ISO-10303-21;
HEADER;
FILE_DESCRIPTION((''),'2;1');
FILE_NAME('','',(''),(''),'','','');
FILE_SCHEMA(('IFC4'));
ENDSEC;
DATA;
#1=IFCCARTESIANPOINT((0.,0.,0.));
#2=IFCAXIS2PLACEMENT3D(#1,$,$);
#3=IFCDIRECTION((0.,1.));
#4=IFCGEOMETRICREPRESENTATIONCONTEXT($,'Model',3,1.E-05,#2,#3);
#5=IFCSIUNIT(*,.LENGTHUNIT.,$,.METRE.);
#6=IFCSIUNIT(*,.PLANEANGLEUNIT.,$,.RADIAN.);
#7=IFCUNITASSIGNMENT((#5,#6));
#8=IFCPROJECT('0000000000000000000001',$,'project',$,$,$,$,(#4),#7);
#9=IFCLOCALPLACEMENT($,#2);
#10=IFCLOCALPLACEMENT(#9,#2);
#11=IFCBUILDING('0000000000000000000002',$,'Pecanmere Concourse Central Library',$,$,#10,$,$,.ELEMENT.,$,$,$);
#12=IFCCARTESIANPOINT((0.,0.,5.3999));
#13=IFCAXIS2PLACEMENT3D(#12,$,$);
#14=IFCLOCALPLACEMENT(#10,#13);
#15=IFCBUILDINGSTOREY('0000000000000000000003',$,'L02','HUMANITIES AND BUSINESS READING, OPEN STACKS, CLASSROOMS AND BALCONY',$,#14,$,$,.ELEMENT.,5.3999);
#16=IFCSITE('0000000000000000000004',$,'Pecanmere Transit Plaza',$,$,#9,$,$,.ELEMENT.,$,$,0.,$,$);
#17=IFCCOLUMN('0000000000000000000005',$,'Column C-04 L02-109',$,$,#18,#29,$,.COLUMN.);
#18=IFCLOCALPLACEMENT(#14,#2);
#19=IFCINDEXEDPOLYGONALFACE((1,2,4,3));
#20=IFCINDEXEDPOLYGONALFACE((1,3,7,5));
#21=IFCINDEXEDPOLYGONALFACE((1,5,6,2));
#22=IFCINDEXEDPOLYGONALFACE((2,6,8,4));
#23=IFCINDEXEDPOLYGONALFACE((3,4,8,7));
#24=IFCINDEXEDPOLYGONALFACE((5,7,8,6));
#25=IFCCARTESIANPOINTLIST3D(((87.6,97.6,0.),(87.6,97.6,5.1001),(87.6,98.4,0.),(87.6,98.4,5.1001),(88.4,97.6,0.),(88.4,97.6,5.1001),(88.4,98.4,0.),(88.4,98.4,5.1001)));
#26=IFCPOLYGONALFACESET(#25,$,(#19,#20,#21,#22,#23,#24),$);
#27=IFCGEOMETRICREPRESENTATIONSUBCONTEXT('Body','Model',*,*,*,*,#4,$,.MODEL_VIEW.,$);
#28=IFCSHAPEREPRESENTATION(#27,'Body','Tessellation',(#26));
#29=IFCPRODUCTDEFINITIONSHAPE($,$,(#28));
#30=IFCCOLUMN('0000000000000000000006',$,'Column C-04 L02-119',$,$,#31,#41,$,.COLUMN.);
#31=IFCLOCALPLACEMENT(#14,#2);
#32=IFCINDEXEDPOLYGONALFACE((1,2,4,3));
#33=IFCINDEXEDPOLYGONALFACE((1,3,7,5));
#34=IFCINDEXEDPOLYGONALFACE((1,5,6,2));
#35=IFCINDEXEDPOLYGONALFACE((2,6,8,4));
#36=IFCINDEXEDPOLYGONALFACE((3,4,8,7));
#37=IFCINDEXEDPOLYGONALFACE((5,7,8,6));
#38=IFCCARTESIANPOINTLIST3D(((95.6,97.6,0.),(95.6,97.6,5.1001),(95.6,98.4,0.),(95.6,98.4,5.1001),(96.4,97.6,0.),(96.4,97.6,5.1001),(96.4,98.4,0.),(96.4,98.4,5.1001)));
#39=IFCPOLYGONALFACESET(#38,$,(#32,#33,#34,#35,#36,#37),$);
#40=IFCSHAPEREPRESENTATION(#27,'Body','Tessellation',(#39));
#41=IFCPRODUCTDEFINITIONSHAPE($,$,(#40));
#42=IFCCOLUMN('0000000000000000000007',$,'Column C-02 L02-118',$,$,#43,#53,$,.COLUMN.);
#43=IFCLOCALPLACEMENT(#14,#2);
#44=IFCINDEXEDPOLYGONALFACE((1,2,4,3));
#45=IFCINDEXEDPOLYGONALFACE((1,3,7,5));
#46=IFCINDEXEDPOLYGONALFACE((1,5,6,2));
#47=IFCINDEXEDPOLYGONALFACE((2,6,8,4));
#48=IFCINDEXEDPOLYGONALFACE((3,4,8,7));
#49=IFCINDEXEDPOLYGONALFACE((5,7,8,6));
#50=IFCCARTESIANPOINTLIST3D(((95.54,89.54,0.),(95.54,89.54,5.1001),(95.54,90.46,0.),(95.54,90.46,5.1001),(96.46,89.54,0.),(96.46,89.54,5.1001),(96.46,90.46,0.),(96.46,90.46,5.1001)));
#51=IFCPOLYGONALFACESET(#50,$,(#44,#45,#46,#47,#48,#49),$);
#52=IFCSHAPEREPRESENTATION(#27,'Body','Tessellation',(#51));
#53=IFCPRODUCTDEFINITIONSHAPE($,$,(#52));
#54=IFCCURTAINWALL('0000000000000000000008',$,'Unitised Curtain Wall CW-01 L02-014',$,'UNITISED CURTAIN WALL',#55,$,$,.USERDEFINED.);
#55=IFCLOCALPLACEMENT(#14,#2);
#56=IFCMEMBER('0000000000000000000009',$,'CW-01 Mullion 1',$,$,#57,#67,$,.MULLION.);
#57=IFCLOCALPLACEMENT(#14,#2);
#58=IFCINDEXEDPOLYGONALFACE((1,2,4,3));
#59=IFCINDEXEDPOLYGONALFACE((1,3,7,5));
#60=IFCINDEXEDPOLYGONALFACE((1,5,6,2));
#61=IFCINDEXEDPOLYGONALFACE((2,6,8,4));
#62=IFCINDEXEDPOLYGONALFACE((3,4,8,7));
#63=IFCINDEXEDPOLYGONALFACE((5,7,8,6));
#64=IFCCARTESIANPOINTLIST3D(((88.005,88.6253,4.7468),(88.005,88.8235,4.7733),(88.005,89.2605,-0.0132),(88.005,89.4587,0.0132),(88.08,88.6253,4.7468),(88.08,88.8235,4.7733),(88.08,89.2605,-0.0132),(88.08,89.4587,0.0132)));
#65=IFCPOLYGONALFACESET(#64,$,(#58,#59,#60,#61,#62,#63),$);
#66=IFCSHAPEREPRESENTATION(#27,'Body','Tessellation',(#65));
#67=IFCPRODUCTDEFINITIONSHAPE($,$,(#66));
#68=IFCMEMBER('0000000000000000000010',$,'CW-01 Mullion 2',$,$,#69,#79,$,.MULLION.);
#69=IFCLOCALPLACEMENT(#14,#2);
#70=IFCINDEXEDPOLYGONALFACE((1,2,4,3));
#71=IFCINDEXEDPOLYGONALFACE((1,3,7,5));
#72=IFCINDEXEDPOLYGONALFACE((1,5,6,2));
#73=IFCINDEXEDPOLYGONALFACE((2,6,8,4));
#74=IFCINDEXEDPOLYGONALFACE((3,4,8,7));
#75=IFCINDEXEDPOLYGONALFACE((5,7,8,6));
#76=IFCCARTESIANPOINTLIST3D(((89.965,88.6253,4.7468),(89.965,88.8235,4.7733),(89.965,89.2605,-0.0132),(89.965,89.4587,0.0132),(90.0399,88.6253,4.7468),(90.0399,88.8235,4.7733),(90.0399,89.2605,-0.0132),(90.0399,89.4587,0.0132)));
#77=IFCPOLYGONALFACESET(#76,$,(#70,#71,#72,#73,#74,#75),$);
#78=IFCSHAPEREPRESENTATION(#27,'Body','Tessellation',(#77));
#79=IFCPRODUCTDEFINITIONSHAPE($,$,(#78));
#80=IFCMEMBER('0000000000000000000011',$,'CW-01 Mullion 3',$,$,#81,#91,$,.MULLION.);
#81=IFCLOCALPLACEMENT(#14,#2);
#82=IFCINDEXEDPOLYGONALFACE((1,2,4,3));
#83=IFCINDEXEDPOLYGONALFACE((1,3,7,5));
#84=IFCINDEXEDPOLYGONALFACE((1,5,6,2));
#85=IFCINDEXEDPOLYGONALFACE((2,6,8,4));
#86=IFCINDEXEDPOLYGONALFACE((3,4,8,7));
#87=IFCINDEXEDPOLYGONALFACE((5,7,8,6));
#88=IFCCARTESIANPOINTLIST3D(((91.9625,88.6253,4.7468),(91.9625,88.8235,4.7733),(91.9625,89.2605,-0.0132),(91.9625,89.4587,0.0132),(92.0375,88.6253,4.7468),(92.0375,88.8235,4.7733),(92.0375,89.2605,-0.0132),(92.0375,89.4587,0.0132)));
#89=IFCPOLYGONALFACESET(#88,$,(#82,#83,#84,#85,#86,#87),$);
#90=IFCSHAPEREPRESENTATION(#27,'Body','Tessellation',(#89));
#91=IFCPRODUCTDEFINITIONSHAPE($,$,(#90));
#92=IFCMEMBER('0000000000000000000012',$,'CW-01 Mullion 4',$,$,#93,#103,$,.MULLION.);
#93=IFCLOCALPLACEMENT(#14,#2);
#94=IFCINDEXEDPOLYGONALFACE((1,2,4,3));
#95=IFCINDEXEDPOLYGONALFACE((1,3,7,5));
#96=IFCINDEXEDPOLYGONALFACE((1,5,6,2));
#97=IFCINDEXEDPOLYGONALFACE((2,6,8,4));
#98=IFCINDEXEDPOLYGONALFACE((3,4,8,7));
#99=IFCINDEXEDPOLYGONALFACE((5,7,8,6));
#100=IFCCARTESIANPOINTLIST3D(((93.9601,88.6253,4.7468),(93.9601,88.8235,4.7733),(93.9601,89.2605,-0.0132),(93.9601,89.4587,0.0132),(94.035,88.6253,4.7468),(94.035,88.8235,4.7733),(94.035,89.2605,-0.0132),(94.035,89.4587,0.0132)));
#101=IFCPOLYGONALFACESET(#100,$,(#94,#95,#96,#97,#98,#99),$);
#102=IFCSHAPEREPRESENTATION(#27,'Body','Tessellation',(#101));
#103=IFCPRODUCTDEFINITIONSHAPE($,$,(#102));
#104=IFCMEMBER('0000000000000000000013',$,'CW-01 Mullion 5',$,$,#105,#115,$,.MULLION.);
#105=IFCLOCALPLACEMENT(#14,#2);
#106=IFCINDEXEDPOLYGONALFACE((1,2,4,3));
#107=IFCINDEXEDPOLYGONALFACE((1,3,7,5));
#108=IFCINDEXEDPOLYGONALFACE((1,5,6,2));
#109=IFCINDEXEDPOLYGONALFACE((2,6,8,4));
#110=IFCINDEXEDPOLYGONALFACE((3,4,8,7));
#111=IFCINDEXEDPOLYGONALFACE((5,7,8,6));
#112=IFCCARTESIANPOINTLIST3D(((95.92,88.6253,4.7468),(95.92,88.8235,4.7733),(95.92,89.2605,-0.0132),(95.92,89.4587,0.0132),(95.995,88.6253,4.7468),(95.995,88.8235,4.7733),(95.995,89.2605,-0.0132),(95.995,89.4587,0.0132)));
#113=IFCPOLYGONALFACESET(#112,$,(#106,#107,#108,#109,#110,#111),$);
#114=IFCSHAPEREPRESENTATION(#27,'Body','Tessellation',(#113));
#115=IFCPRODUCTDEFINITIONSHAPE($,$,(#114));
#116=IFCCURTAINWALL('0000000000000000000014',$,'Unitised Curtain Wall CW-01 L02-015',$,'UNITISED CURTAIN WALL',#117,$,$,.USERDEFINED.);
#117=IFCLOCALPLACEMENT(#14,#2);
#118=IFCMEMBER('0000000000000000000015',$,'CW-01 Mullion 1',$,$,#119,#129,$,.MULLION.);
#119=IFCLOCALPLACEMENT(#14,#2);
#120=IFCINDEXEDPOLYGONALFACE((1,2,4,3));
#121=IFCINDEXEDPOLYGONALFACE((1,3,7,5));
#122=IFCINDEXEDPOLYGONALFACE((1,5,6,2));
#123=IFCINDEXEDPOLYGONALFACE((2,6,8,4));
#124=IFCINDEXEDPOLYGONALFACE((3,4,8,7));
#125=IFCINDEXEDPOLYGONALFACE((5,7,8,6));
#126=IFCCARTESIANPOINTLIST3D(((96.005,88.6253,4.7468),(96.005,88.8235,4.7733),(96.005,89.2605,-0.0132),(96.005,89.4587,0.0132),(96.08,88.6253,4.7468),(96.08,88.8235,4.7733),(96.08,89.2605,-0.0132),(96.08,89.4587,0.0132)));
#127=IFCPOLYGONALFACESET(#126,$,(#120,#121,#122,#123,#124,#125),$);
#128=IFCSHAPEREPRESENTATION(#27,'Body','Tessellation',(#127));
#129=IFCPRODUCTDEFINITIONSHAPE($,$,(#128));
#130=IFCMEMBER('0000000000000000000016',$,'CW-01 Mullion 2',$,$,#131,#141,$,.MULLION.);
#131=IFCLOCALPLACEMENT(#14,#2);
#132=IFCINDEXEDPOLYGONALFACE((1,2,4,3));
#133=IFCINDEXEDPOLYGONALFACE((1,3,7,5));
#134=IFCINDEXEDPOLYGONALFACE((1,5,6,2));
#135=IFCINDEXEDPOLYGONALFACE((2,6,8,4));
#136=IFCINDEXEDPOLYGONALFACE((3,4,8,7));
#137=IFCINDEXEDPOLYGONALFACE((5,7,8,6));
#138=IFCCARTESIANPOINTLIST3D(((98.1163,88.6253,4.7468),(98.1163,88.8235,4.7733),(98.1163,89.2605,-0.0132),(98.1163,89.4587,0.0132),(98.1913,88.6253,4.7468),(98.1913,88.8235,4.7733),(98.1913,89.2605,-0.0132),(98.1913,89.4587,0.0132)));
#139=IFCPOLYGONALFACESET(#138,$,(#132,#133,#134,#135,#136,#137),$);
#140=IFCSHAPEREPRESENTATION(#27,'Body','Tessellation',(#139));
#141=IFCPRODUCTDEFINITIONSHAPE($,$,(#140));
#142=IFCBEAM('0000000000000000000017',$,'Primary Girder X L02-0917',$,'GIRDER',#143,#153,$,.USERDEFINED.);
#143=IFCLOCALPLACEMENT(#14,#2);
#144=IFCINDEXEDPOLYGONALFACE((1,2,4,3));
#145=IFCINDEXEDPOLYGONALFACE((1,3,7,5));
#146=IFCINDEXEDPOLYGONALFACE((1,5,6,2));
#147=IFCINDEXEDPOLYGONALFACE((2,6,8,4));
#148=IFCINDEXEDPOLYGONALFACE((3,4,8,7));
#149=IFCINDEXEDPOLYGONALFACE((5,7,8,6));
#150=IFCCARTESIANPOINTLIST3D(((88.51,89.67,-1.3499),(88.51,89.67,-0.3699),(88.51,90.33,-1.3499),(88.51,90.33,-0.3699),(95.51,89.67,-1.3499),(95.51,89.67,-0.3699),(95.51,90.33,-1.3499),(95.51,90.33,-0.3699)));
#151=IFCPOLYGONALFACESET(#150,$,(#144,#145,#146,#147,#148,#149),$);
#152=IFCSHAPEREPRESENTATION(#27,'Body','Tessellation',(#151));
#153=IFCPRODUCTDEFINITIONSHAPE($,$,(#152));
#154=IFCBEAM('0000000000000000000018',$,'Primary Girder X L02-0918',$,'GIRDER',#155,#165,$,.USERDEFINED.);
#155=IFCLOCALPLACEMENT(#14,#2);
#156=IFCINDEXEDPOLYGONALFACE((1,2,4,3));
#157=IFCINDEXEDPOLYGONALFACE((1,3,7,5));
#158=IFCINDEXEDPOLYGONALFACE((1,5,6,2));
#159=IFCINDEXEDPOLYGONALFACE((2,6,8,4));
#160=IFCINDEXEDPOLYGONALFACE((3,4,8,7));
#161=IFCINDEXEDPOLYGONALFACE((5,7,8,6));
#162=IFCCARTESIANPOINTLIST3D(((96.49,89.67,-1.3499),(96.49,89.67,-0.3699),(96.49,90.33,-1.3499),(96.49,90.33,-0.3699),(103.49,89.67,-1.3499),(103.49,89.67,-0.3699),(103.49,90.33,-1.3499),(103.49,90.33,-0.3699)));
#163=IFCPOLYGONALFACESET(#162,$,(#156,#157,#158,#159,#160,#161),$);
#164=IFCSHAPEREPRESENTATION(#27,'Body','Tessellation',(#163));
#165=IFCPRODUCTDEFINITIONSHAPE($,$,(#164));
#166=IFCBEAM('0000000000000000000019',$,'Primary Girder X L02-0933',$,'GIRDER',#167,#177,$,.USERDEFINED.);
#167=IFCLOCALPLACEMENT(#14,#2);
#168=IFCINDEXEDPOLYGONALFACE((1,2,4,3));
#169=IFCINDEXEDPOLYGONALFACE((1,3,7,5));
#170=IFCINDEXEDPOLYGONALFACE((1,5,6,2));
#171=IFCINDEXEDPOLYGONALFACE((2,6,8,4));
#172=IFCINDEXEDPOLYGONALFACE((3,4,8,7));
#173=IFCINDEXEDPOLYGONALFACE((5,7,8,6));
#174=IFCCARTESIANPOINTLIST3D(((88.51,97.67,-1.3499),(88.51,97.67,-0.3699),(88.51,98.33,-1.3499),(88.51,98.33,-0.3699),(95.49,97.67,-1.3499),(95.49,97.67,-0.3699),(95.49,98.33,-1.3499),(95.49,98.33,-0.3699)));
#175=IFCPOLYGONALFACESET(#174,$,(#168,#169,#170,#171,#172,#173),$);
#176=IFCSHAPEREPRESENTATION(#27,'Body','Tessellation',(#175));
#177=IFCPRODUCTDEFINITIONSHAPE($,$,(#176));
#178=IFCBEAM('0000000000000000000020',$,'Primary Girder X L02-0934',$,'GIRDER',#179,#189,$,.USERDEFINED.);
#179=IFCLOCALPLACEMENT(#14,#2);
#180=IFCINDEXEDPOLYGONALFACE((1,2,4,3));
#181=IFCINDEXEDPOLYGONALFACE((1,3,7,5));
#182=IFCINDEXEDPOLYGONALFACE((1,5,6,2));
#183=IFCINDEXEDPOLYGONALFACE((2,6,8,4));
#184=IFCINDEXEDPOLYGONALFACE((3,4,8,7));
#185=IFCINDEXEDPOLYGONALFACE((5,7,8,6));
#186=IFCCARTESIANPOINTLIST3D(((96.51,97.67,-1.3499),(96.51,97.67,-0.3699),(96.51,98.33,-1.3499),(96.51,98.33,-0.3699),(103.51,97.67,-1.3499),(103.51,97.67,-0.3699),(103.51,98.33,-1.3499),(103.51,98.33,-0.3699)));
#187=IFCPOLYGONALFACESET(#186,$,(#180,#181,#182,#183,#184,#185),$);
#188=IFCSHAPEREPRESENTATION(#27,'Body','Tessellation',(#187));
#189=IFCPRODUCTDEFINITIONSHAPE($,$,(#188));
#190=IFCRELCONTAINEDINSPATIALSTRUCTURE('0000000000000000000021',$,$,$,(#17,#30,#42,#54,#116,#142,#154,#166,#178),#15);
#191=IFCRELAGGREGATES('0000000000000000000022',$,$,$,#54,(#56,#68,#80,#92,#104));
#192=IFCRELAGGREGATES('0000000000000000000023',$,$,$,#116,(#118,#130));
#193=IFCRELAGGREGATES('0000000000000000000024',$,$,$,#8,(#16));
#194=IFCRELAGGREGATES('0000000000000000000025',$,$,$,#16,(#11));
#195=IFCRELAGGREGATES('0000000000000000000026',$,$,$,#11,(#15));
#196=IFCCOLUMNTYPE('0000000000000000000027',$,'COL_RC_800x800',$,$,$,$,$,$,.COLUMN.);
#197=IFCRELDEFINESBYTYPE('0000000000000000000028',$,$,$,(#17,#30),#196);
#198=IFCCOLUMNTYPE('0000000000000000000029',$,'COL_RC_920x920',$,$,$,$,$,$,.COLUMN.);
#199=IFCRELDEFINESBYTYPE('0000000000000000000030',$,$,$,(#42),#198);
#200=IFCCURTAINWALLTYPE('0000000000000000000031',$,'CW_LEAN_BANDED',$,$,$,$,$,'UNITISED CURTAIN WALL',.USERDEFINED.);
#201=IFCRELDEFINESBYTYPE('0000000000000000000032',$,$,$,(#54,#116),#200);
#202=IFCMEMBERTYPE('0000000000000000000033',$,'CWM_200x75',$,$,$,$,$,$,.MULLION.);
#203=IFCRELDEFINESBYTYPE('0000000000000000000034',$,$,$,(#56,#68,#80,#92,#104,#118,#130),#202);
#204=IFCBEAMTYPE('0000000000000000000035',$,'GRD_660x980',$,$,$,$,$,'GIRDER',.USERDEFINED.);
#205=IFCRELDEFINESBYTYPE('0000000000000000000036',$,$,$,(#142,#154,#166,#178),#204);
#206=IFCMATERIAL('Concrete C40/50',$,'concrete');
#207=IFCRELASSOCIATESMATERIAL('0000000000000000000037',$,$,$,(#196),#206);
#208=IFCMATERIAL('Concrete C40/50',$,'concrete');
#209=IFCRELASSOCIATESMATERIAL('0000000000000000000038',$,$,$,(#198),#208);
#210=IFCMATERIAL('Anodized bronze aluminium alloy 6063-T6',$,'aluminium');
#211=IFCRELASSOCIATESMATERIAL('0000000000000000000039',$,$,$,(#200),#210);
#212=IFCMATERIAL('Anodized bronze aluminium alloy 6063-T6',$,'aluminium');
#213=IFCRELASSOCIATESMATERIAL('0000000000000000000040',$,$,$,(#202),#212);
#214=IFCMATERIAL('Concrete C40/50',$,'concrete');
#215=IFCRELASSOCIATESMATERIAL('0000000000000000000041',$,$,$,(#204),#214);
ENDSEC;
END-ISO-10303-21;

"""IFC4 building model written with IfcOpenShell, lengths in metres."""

from ifc_helpers import new_model, si_unit, direction, frame, origin, origin_2d, place, context, subcontext, project, spatial, rectangle, extrude, material, material_profile, profile_set, type_object, element, aggregate, save


model = new_model("IFC4")

# Units and contexts
model_context = context("Model", 3, precision=1e-05, world=origin(), true_north=direction((0.0, 1.0)))
body_context = subcontext(model_context, "Body", "Model", "MODEL_VIEW")
ifc_project = project(units=[si_unit("LENGTHUNIT", "METRE"), si_unit("PLANEANGLEUNIT", "RADIAN")], contexts=[model_context])

# Site, building, storey
site_placement = place(None, origin())
site = spatial("IfcSite", under=ifc_project, at=site_placement, Name="Pecanmere Transit Plaza", CompositionType="ELEMENT", RefElevation=0.0)
building_placement = place(site_placement, origin())
building = spatial("IfcBuilding", under=site, at=building_placement, Name="Pecanmere Concourse Central Library", CompositionType="ELEMENT")
storey_placement = place(building_placement, frame((0.0, 0.0, 5.3999)))
storey = spatial("IfcBuildingStorey", under=building, at=storey_placement, Name="L02", Description="HUMANITIES AND BUSINESS READING, OPEN STACKS, CLASSROOMS AND BALCONY", CompositionType="ELEMENT", Elevation=5.3999)

# Columns
ifc_material_1 = material(Name="Concrete C40/50", Category="concrete")
ifc_material_profile_1 = material_profile(ifc_material_1, rectangle(XDim=0.8, YDim=0.8, at=origin_2d()), Name="RC 800x800")
ifc_profile_set_1 = profile_set([ifc_material_profile_1], Name="Concrete C40/50")
column_type_1 = type_object("IfcColumnType", Name="COL_RC_800x800", PredefinedType="COLUMN", material=ifc_profile_set_1)
for number, where, z_axis, x_axis, name in (
    (1, (88.0, 98.0, 0.0), (0.0, 0.0, 1.0), (1.0, 0.0, 0.0), "Column C-04 L02-109"),
    (2, (96.0, 98.0, 0.0), (0.0, 0.0, 1.0), (1.0, 0.0, 0.0), "Column C-04 L02-119"),
):
    element("IfcColumn", number, at=place(storey_placement, frame(where, z_axis=z_axis, x_axis=x_axis)), inside=storey, type_object=column_type_1, Name=name, PredefinedType="COLUMN", context=body_context, shape_type="SweptSolid", body=[
        extrude(rectangle(XDim=0.8, YDim=0.8, at=origin_2d()), origin(), (0.0, 0.0, 1.0), 5.1001),
    ])
ifc_material_2 = material(Name="Concrete C40/50", Category="concrete")
ifc_material_profile_2 = material_profile(ifc_material_2, rectangle(XDim=0.9199, YDim=0.9199, at=origin_2d()), Name="RC 920x920")
ifc_profile_set_2 = profile_set([ifc_material_profile_2], Name="Concrete C40/50")
column_type_2 = type_object("IfcColumnType", Name="COL_RC_920x920", PredefinedType="COLUMN", material=ifc_profile_set_2)
column_placement = place(storey_placement, frame((96.0, 90.0, 0.0), z_axis=(0.0, 0.0, 1.0), x_axis=(1.0, 0.0, 0.0)))
element("IfcColumn", 3, at=column_placement, inside=storey, type_object=column_type_2, Name="Column C-02 L02-118", PredefinedType="COLUMN", context=body_context, shape_type="SweptSolid", body=[
    extrude(rectangle(XDim=0.9199, YDim=0.9199, at=origin_2d()), origin(), (0.0, 0.0, 1.0), 5.1001),
])

# Curtain walls, members
ifc_material_3 = material(Name="Anodized bronze aluminium alloy 6063-T6", Category="aluminium")
curtain_wall_type = type_object("IfcCurtainWallType", Name="CW_LEAN_BANDED", ElementType="UNITISED CURTAIN WALL", PredefinedType="USERDEFINED", material=ifc_material_3)
curtain_wall_1_placement = place(storey_placement, origin())
curtain_wall_1 = element("IfcCurtainWall", 4, at=curtain_wall_1_placement, inside=storey, type_object=curtain_wall_type, Name="Unitised Curtain Wall CW-01 L02-014", ObjectType="UNITISED CURTAIN WALL", PredefinedType="USERDEFINED")
ifc_material_4 = material(Name="Anodized bronze aluminium alloy 6063-T6", Category="aluminium")
ifc_material_profile_3 = material_profile(ifc_material_4, rectangle(XDim=0.075, YDim=0.2, at=origin_2d()), Name="AL 75x200")
ifc_profile_set_3 = profile_set([ifc_material_profile_3], Name="Anodized bronze aluminium alloy 6063-T6")
member_type = type_object("IfcMemberType", Name="CWM_200x75", PredefinedType="MULLION", material=ifc_profile_set_3)
member_1_placement = place(storey_placement, frame((88.0425, 89.3596, 0.0), z_axis=(0.0, -0.132284, 0.991212), x_axis=(1.0, 0.0, 0.0)))
member_1 = element("IfcMember", 5, at=member_1_placement, type_object=member_type, Name="CW-01 Mullion 1", PredefinedType="MULLION", context=body_context, shape_type="SweptSolid", body=[
    extrude(rectangle(XDim=0.075, YDim=0.2, at=origin_2d()), origin(), (0.0, 0.0, 1.0), 4.8022),
])
member_2_placement = place(storey_placement, frame((90.0024, 89.3596, 0.0), z_axis=(0.0, -0.132284, 0.991212), x_axis=(1.0, 0.0, 0.0)))
member_2 = element("IfcMember", 6, at=member_2_placement, type_object=member_type, Name="CW-01 Mullion 2", PredefinedType="MULLION", context=body_context, shape_type="SweptSolid", body=[
    extrude(rectangle(XDim=0.075, YDim=0.2, at=origin_2d()), origin(), (0.0, 0.0, 1.0), 4.8022),
])
member_3_placement = place(storey_placement, frame((92.0, 89.3596, 0.0), z_axis=(0.0, -0.132284, 0.991212), x_axis=(1.0, 0.0, 0.0)))
member_3 = element("IfcMember", 7, at=member_3_placement, type_object=member_type, Name="CW-01 Mullion 3", PredefinedType="MULLION", context=body_context, shape_type="SweptSolid", body=[
    extrude(rectangle(XDim=0.075, YDim=0.2, at=origin_2d()), origin(), (0.0, 0.0, 1.0), 4.8022),
])
member_4_placement = place(storey_placement, frame((93.9976, 89.3596, 0.0), z_axis=(0.0, -0.132284, 0.991212), x_axis=(1.0, 0.0, 0.0)))
member_4 = element("IfcMember", 8, at=member_4_placement, type_object=member_type, Name="CW-01 Mullion 4", PredefinedType="MULLION", context=body_context, shape_type="SweptSolid", body=[
    extrude(rectangle(XDim=0.075, YDim=0.2, at=origin_2d()), origin(), (0.0, 0.0, 1.0), 4.8022),
])
member_5_placement = place(storey_placement, frame((95.9575, 89.3596, 0.0), z_axis=(0.0, -0.132284, 0.991212), x_axis=(1.0, 0.0, 0.0)))
member_5 = element("IfcMember", 9, at=member_5_placement, type_object=member_type, Name="CW-01 Mullion 5", PredefinedType="MULLION", context=body_context, shape_type="SweptSolid", body=[
    extrude(rectangle(XDim=0.075, YDim=0.2, at=origin_2d()), origin(), (0.0, 0.0, 1.0), 4.8022),
])
aggregate(curtain_wall_1, [member_1, member_2, member_3, member_4, member_5])
curtain_wall_2_placement = place(storey_placement, origin())
curtain_wall_2 = element("IfcCurtainWall", 10, at=curtain_wall_2_placement, inside=storey, type_object=curtain_wall_type, Name="Unitised Curtain Wall CW-01 L02-015", ObjectType="UNITISED CURTAIN WALL", PredefinedType="USERDEFINED")
member_6_placement = place(storey_placement, frame((96.0425, 89.3596, 0.0), z_axis=(0.0, -0.132284, 0.991212), x_axis=(1.0, 0.0, 0.0)))
member_6 = element("IfcMember", 11, at=member_6_placement, type_object=member_type, Name="CW-01 Mullion 1", PredefinedType="MULLION", context=body_context, shape_type="SweptSolid", body=[
    extrude(rectangle(XDim=0.075, YDim=0.2, at=origin_2d()), origin(), (0.0, 0.0, 1.0), 4.8022),
])
member_7_placement = place(storey_placement, frame((98.1538, 89.3596, 0.0), z_axis=(0.0, -0.132284, 0.991212), x_axis=(1.0, 0.0, 0.0)))
member_7 = element("IfcMember", 12, at=member_7_placement, type_object=member_type, Name="CW-01 Mullion 2", PredefinedType="MULLION", context=body_context, shape_type="SweptSolid", body=[
    extrude(rectangle(XDim=0.075, YDim=0.2, at=origin_2d()), origin(), (0.0, 0.0, 1.0), 4.8022),
])
aggregate(curtain_wall_2, [member_6, member_7])

# Beams
ifc_material_5 = material(Name="Concrete C40/50", Category="concrete")
ifc_material_profile_4 = material_profile(ifc_material_5, rectangle(XDim=0.6599, YDim=0.98, at=origin_2d()), Name="RC 660x980")
ifc_profile_set_4 = profile_set([ifc_material_profile_4], Name="Concrete C40/50")
beam_type_1 = type_object("IfcBeamType", Name="GRD_660x980", ElementType="GIRDER", PredefinedType="USERDEFINED", material=ifc_profile_set_4)
for number, where, z_axis, x_axis, name in (
    (13, (88.51, 90.0, -0.8599), (1.0, 0.0, 0.0), (0.0, 1.0, 0.0), "Primary Girder X L02-0917"),
    (14, (96.49, 90.0, -0.8599), (1.0, 0.0, 0.0), (0.0, 1.0, 0.0), "Primary Girder X L02-0918"),
):
    element("IfcBeam", number, at=place(storey_placement, frame(where, z_axis=z_axis, x_axis=x_axis)), inside=storey, type_object=beam_type_1, Name=name, ObjectType="GIRDER", PredefinedType="USERDEFINED", context=body_context, shape_type="SweptSolid", body=[
        extrude(rectangle(XDim=0.6599, YDim=0.98, at=origin_2d()), origin(), (0.0, 0.0, 1.0), 7.0),
    ])
beam_1_placement = place(storey_placement, frame((88.51, 98.0, -0.8599), z_axis=(1.0, 0.0, 0.0), x_axis=(0.0, 1.0, 0.0)))
element("IfcBeam", 15, at=beam_1_placement, inside=storey, type_object=beam_type_1, Name="Primary Girder X L02-0933", ObjectType="GIRDER", PredefinedType="USERDEFINED", context=body_context, shape_type="SweptSolid", body=[
    extrude(rectangle(XDim=0.6599, YDim=0.98, at=origin_2d()), origin(), (0.0, 0.0, 1.0), 6.98),
])
beam_2_placement = place(storey_placement, frame((96.51, 98.0, -0.8599), z_axis=(1.0, 0.0, 0.0), x_axis=(0.0, 1.0, 0.0)))
element("IfcBeam", 16, at=beam_2_placement, inside=storey, type_object=beam_type_1, Name="Primary Girder X L02-0934", ObjectType="GIRDER", PredefinedType="USERDEFINED", context=body_context, shape_type="SweptSolid", body=[
    extrude(rectangle(XDim=0.6599, YDim=0.98, at=origin_2d()), origin(), (0.0, 0.0, 1.0), 7.0),
])

save(model, "model.ifc")
